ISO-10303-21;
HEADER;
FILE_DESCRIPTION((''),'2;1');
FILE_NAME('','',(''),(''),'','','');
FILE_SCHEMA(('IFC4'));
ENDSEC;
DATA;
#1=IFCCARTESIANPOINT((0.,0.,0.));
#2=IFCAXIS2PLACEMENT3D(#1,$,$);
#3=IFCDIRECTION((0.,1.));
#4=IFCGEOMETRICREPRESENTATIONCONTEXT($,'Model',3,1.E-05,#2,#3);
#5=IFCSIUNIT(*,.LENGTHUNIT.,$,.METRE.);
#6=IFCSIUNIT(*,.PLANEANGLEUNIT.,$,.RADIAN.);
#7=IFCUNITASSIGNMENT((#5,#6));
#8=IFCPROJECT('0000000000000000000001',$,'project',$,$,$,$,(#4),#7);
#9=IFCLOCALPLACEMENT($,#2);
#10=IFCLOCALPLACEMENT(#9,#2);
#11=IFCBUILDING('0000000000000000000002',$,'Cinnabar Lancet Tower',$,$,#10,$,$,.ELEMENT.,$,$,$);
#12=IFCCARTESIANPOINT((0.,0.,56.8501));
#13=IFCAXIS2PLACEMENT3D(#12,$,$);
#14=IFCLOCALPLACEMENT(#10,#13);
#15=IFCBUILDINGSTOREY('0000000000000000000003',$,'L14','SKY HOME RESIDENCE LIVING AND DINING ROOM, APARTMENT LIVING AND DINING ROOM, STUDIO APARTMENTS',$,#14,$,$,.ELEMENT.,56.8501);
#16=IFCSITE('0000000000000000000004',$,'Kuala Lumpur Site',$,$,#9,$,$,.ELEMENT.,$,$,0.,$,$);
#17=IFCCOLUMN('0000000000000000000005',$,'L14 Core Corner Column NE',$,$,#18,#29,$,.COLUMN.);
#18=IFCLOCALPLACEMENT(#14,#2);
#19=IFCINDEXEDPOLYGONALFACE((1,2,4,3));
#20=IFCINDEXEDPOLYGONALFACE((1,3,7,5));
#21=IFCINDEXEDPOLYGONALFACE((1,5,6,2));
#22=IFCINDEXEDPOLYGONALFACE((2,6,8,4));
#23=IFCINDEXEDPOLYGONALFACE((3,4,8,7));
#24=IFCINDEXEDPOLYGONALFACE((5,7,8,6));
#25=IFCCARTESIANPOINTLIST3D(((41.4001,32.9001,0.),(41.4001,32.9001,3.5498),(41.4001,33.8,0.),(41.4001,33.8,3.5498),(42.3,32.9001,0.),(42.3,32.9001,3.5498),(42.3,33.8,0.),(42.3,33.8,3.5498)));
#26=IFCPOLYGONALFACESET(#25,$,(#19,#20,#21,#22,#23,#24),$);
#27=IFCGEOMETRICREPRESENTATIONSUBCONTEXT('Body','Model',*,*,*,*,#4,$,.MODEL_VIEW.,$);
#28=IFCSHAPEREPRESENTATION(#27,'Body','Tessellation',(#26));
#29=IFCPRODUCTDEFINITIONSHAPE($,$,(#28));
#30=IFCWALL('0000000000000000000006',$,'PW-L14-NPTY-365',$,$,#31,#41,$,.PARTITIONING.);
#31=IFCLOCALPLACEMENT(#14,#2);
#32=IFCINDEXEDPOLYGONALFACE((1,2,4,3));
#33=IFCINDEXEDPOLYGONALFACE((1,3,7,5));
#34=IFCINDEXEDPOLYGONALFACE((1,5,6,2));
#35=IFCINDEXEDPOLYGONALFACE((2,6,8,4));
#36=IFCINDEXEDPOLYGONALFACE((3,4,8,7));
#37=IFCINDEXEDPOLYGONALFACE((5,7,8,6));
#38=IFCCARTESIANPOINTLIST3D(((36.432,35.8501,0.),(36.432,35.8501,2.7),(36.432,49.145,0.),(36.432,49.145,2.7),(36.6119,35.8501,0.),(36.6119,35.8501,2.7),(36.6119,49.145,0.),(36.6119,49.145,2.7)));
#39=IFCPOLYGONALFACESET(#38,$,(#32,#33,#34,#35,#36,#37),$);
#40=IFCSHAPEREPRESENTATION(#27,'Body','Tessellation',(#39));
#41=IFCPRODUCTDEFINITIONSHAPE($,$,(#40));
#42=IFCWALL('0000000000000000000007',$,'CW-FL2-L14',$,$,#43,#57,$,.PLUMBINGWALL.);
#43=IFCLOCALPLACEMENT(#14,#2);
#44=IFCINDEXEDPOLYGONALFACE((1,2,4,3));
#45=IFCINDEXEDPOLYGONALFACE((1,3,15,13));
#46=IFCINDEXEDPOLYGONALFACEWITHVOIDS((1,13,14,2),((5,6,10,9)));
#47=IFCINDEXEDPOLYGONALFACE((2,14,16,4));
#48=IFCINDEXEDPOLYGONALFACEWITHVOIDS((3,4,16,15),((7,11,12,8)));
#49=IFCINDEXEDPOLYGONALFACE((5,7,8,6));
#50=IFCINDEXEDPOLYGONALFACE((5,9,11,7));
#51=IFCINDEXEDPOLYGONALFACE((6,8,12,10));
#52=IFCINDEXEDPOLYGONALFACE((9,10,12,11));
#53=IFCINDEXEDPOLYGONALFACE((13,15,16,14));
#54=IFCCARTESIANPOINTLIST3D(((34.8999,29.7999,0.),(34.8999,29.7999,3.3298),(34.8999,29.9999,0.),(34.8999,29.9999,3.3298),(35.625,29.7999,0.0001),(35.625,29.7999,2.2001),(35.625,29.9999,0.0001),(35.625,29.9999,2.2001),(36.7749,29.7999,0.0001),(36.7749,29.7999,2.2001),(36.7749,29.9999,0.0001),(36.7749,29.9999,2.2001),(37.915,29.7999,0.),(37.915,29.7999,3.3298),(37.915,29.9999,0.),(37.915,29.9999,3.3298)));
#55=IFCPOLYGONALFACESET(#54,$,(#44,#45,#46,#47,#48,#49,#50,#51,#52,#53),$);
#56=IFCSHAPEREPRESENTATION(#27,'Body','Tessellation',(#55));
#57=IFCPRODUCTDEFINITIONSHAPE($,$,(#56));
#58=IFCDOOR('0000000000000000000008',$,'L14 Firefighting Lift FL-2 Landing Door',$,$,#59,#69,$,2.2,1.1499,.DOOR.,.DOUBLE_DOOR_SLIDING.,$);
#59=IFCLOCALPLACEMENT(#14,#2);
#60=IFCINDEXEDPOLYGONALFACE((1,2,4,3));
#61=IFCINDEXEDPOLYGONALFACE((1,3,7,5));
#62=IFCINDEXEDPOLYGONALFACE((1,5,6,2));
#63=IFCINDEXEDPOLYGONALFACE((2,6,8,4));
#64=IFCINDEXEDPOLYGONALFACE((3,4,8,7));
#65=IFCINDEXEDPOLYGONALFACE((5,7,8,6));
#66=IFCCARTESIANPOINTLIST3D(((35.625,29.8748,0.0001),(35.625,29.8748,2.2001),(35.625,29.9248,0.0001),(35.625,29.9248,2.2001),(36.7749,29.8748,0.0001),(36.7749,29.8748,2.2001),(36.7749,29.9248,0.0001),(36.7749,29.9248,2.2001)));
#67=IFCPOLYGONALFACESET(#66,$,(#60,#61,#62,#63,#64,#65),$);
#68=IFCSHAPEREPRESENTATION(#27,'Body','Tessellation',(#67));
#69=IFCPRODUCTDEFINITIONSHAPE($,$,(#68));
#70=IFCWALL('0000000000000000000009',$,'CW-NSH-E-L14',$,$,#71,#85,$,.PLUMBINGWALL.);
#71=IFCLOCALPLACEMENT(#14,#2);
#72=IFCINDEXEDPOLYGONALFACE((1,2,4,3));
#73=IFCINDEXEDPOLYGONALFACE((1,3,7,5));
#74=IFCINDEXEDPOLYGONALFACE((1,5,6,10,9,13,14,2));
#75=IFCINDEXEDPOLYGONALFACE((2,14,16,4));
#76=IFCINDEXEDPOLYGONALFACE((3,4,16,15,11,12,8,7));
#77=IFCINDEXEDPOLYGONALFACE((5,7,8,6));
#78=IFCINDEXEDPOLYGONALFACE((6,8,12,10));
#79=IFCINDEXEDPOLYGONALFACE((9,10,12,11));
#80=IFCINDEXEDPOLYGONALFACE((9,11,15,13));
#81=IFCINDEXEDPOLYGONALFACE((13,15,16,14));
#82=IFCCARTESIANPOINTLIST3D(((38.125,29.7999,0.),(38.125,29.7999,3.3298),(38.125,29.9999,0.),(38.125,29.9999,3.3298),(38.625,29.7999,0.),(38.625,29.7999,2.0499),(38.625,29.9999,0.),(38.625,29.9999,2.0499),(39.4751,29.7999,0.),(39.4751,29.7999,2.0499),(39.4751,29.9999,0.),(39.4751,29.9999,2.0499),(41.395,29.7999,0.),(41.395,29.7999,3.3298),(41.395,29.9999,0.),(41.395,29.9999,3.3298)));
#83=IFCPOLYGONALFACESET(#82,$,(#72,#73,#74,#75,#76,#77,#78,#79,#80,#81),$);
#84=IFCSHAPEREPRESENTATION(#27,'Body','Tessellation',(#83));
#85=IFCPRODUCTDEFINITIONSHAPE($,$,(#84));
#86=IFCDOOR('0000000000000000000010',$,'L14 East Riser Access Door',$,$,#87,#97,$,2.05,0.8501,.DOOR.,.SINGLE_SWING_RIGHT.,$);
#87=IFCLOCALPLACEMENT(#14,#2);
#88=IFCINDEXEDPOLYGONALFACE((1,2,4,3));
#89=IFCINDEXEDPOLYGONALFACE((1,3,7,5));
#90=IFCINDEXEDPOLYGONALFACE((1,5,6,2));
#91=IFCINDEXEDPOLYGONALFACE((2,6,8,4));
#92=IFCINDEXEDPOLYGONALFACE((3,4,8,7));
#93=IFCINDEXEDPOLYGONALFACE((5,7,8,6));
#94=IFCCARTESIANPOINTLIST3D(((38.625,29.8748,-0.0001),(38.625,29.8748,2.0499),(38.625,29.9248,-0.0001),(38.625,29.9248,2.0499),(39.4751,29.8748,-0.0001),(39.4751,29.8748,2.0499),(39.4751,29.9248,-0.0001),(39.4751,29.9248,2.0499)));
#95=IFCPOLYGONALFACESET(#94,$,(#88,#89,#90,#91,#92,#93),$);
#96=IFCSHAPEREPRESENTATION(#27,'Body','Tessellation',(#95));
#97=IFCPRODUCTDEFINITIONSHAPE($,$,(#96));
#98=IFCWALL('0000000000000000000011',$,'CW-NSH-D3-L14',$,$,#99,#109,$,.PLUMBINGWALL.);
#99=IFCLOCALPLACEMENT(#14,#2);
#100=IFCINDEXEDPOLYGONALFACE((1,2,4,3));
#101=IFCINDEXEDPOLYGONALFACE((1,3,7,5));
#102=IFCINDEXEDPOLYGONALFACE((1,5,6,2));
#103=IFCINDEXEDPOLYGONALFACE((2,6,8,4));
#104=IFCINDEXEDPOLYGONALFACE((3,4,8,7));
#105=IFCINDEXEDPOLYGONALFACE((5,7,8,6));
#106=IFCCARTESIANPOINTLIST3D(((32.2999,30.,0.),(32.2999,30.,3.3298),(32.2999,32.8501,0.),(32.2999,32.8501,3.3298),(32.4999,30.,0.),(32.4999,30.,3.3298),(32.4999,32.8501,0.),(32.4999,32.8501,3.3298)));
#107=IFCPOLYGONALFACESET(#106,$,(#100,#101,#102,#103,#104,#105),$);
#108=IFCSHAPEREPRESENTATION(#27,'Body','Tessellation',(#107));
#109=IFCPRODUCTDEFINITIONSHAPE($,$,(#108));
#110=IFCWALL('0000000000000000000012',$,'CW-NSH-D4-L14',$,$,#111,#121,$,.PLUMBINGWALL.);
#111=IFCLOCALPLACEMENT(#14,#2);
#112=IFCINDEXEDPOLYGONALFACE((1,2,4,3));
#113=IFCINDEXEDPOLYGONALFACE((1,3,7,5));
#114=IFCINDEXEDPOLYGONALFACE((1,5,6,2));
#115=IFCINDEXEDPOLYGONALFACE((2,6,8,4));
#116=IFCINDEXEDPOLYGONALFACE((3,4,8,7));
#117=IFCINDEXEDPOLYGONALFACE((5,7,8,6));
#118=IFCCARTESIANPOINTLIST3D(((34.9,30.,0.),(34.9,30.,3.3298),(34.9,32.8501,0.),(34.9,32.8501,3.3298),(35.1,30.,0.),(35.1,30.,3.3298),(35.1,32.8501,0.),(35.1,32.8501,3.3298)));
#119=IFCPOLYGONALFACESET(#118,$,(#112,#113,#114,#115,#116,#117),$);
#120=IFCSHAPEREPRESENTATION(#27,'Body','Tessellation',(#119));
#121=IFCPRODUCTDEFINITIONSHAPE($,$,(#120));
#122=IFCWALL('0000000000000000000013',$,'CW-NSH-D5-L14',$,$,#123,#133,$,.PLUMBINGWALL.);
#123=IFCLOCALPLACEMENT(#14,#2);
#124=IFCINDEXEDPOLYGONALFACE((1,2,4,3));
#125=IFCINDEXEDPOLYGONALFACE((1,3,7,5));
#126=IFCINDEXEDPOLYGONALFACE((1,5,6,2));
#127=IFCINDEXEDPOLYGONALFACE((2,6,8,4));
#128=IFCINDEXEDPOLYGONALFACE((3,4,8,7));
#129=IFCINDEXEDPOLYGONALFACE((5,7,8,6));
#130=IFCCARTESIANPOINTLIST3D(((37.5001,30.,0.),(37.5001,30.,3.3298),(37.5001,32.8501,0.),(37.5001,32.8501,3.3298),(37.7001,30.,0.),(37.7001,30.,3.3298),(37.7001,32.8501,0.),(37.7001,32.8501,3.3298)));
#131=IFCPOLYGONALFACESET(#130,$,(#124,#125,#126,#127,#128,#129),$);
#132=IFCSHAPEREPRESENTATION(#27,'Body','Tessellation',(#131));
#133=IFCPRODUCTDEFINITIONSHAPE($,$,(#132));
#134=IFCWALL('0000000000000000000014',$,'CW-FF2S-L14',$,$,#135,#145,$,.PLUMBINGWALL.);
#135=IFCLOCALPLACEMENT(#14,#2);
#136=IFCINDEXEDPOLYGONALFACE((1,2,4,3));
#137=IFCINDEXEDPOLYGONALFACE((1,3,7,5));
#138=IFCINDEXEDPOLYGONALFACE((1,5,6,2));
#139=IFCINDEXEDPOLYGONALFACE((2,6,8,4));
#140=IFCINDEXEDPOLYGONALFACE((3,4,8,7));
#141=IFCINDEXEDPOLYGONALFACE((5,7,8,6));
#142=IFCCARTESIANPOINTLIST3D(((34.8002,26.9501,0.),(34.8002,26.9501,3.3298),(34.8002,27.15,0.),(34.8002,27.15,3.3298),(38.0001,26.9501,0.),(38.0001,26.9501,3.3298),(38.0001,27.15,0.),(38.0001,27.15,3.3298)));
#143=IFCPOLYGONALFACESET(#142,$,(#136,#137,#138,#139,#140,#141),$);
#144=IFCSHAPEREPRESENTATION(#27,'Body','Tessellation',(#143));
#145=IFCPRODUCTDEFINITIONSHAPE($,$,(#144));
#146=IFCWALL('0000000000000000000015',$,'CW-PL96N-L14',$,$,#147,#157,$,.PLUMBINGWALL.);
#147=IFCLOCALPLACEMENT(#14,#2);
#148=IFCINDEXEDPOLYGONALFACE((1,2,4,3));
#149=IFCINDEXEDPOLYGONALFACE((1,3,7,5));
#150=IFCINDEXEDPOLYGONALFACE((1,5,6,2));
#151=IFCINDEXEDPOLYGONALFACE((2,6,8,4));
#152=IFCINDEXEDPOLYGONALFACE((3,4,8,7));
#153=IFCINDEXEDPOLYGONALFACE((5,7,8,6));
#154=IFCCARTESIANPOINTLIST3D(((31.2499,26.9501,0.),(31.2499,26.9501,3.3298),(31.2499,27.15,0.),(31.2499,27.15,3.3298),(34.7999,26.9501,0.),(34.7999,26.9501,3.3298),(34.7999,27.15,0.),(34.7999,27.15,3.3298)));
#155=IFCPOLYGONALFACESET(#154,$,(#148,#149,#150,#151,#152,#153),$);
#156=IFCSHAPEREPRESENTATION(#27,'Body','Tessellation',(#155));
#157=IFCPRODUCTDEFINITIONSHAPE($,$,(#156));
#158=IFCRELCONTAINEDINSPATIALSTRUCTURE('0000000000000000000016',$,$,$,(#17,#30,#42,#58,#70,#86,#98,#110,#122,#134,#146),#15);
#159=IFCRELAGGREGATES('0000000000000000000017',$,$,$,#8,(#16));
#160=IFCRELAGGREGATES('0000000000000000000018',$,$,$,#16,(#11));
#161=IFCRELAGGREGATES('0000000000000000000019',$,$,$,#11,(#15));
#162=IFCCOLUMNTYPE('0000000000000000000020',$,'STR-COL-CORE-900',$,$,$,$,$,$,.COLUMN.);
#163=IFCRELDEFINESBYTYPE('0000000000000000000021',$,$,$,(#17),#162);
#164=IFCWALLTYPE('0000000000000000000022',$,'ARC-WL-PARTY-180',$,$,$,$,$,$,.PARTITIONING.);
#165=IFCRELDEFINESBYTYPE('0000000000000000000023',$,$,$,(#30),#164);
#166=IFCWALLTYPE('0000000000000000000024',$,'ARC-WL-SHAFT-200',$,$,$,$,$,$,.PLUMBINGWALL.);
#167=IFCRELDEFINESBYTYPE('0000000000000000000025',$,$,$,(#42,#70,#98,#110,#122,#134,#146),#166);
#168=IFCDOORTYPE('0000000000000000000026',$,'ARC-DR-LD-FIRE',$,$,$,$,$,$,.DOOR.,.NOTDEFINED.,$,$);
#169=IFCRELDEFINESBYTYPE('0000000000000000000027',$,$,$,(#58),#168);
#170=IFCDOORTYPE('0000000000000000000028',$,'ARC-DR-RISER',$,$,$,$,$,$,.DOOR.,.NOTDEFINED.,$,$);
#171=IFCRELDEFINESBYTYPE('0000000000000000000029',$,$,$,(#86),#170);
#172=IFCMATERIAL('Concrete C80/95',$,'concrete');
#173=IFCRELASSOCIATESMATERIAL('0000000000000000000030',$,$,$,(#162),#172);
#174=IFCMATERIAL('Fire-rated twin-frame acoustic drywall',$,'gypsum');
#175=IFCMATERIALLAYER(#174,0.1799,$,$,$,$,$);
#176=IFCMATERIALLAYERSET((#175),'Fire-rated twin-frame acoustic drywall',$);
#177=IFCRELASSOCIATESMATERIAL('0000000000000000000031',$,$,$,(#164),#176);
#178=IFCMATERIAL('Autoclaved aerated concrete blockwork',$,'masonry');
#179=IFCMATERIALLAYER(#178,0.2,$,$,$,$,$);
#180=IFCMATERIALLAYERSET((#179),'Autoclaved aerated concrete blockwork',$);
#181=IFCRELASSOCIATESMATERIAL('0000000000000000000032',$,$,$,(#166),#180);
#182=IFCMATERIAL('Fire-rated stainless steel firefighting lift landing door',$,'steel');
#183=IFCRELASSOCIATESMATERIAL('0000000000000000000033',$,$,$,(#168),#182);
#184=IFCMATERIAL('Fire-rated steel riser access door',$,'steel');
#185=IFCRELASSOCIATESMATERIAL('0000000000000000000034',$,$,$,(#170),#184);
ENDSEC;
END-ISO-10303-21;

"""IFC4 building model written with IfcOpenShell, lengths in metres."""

from ifc_helpers import new_model, si_unit, direction, frame, frame_2d, origin, origin_2d, place, context, subcontext, project, spatial, rectangle, extrude, material, layer, layer_set, material_profile, profile_set, type_object, element, fill, save


model = new_model("IFC4")

# Units and contexts
model_context = context("Model", 3, precision=1e-05, world=origin(), true_north=direction((0.0, 1.0)))
body_context = subcontext(model_context, "Body", "Model", "MODEL_VIEW")
ifc_project = project(units=[si_unit("LENGTHUNIT", "METRE"), si_unit("PLANEANGLEUNIT", "RADIAN")], contexts=[model_context])

# Site, building, storey
site_placement = place(None, origin())
site = spatial("IfcSite", under=ifc_project, at=site_placement, Name="Kuala Lumpur Site", CompositionType="ELEMENT", RefElevation=0.0)
building_placement = place(site_placement, origin())
building = spatial("IfcBuilding", under=site, at=building_placement, Name="Cinnabar Lancet Tower", CompositionType="ELEMENT")
storey_placement = place(building_placement, frame((0.0, 0.0, 56.8501)))
storey = spatial("IfcBuildingStorey", under=building, at=storey_placement, Name="L14", Description="SKY HOME RESIDENCE LIVING AND DINING ROOM, APARTMENT LIVING AND DINING ROOM, STUDIO APARTMENTS", CompositionType="ELEMENT", Elevation=56.8501)

# Column
ifc_material_1 = material(Name="Concrete C80/95", Category="concrete")
ifc_material_profile = material_profile(ifc_material_1, rectangle(XDim=0.8999, YDim=0.8999, at=origin_2d()), Name="RC-COL 900x900")
ifc_profile_set = profile_set([ifc_material_profile], Name="Concrete C80/95")
column_type = type_object("IfcColumnType", Name="STR-COL-CORE-900", PredefinedType="COLUMN", material=ifc_profile_set)
column_placement = place(storey_placement, frame((41.8501, 33.3501, 0.0), z_axis=(0.0, 0.0, 1.0), x_axis=(1.0, 0.0, 0.0)))
element("IfcColumn", 1, at=column_placement, inside=storey, type_object=column_type, Name="L14 Core Corner Column NE", PredefinedType="COLUMN", context=body_context, shape_type="SweptSolid", body=[
    extrude(rectangle(XDim=0.8999, YDim=0.8999, at=origin_2d()), origin(), (0.0, 0.0, 1.0), 3.5498),
])

# Wall
ifc_material_2 = material(Name="Fire-rated twin-frame acoustic drywall", Category="gypsum")
ifc_layer_1 = layer(ifc_material_2, 0.1799)
ifc_layer_set_1 = layer_set([ifc_layer_1], Name="Fire-rated twin-frame acoustic drywall")
wall_type_1 = type_object("IfcWallType", Name="ARC-WL-PARTY-180", PredefinedType="PARTITIONING", material=ifc_layer_set_1)
wall_1_placement = place(storey_placement, frame((36.522, 35.8501, 0.0), z_axis=(0.0, 0.0, 1.0), x_axis=(0.0, 1.0, 0.0)))
element("IfcWall", 2, at=wall_1_placement, inside=storey, type_object=wall_type_1, Name="PW-L14-NPTY-365", PredefinedType="PARTITIONING", context=body_context, shape_type="SweptSolid", body=[
    extrude(rectangle(XDim=13.2949, YDim=0.1799, at=frame_2d((6.6475, 0.0))), origin(), (0.0, 0.0, 1.0), 2.7),
])

# Walls, openings, doors
ifc_material_3 = material(Name="Autoclaved aerated concrete blockwork", Category="masonry")
ifc_layer_2 = layer(ifc_material_3, 0.2)
ifc_layer_set_2 = layer_set([ifc_layer_2], Name="Autoclaved aerated concrete blockwork")
wall_type_2 = type_object("IfcWallType", Name="ARC-WL-SHAFT-200", PredefinedType="PLUMBINGWALL", material=ifc_layer_set_2)
wall_2_placement = place(storey_placement, frame((34.8999, 29.8999, 0.0), z_axis=(0.0, 0.0, 1.0), x_axis=(1.0, 0.0, 0.0)))
wall_2 = element("IfcWall", 3, at=wall_2_placement, inside=storey, type_object=wall_type_2, Name="CW-FL2-L14", PredefinedType="PLUMBINGWALL", context=body_context, shape_type="SweptSolid", body=[
    extrude(rectangle(XDim=3.0151, YDim=0.2, at=frame_2d((1.5076, 0.0))), origin(), (0.0, 0.0, 1.0), 3.3298),
])
opening_1_placement = place(wall_2_placement, frame((0.7251, 0.0, 0.0)))
opening_1 = element("IfcOpeningElement", 4, at=opening_1_placement, cuts=wall_2, PredefinedType="OPENING", context=body_context, shape_type="SweptSolid", body=[
    extrude(rectangle(XDim=1.1499, YDim=2.2, at=frame_2d((0.575, 1.1001))), frame((0.0, 0.1099, 0.0), z_axis=(0.0, -1.0, 0.0), x_axis=(1.0, 0.0, 0.0)), (0.0, 0.0, 1.0), 0.22),
])
ifc_material_4 = material(Name="Fire-rated stainless steel firefighting lift landing door", Category="steel")
door_type_1 = type_object("IfcDoorType", Name="ARC-DR-LD-FIRE", OperationType="NOTDEFINED", PredefinedType="DOOR", material=ifc_material_4)
door_1_placement = place(opening_1_placement, origin())
door_1 = element("IfcDoor", 5, at=door_1_placement, inside=storey, type_object=door_type_1, Name="L14 Firefighting Lift FL-2 Landing Door", OperationType="DOUBLE_DOOR_SLIDING", OverallHeight=2.2, OverallWidth=1.1499, PredefinedType="DOOR", context=body_context, shape_type="SweptSolid", body=[
    extrude(rectangle(XDim=1.1499, YDim=2.2, at=frame_2d((0.575, 1.1001))), frame((0.0, 0.0249, 0.0), z_axis=(0.0, -1.0, 0.0), x_axis=(1.0, 0.0, 0.0)), (0.0, 0.0, 1.0), 0.05),
])
fill(opening_1, door_1)
wall_3_placement = place(storey_placement, frame((38.125, 29.8999, 0.0), z_axis=(0.0, 0.0, 1.0), x_axis=(1.0, 0.0, 0.0)))
wall_3 = element("IfcWall", 6, at=wall_3_placement, inside=storey, type_object=wall_type_2, Name="CW-NSH-E-L14", PredefinedType="PLUMBINGWALL", context=body_context, shape_type="SweptSolid", body=[
    extrude(rectangle(XDim=3.27, YDim=0.2, at=frame_2d((1.635, 0.0))), origin(), (0.0, 0.0, 1.0), 3.3298),
])
opening_2_placement = place(wall_3_placement, frame((0.5, 0.0, 0.0)))
opening_2 = element("IfcOpeningElement", 7, at=opening_2_placement, cuts=wall_3, PredefinedType="OPENING", context=body_context, shape_type="SweptSolid", body=[
    extrude(rectangle(XDim=0.8501, YDim=2.05, at=frame_2d((0.425, 1.0249))), frame((0.0, 0.1099, 0.0), z_axis=(0.0, -1.0, 0.0), x_axis=(1.0, 0.0, 0.0)), (0.0, 0.0, 1.0), 0.22),
])
ifc_material_5 = material(Name="Fire-rated steel riser access door", Category="steel")
door_type_2 = type_object("IfcDoorType", Name="ARC-DR-RISER", OperationType="NOTDEFINED", PredefinedType="DOOR", material=ifc_material_5)
door_2_placement = place(opening_2_placement, origin())
door_2 = element("IfcDoor", 8, at=door_2_placement, inside=storey, type_object=door_type_2, Name="L14 East Riser Access Door", OperationType="SINGLE_SWING_RIGHT", OverallHeight=2.05, OverallWidth=0.8501, PredefinedType="DOOR", context=body_context, shape_type="SweptSolid", body=[
    extrude(rectangle(XDim=0.8501, YDim=2.05, at=frame_2d((0.425, 1.0249))), frame((0.0, 0.0249, 0.0), z_axis=(0.0, -1.0, 0.0), x_axis=(1.0, 0.0, 0.0)), (0.0, 0.0, 1.0), 0.05),
])
fill(opening_2, door_2)

# Walls
for number, where, z_axis, x_axis, name in (
    (9, (32.3999, 30.0, 0.0), (0.0, 0.0, 1.0), (0.0, 1.0, 0.0), "CW-NSH-D3-L14"),
    (10, (35.0, 30.0, 0.0), (0.0, 0.0, 1.0), (0.0, 1.0, 0.0), "CW-NSH-D4-L14"),
    (11, (37.6001, 30.0, 0.0), (0.0, 0.0, 1.0), (0.0, 1.0, 0.0), "CW-NSH-D5-L14"),
):
    element("IfcWall", number, at=place(storey_placement, frame(where, z_axis=z_axis, x_axis=x_axis)), inside=storey, type_object=wall_type_2, Name=name, PredefinedType="PLUMBINGWALL", context=body_context, shape_type="SweptSolid", body=[
        extrude(rectangle(XDim=2.8501, YDim=0.2, at=frame_2d((1.425, 0.0))), origin(), (0.0, 0.0, 1.0), 3.3298),
    ])

# Walls
wall_4_placement = place(storey_placement, frame((34.8, 27.05, 0.0), z_axis=(0.0, 0.0, 1.0), x_axis=(1.0, 0.0, 0.0)))
element("IfcWall", 12, at=wall_4_placement, inside=storey, type_object=wall_type_2, Name="CW-FF2S-L14", PredefinedType="PLUMBINGWALL", context=body_context, shape_type="SweptSolid", body=[
    extrude(rectangle(XDim=3.2, YDim=0.2, at=frame_2d((1.6001, 0.0))), origin(), (0.0, 0.0, 1.0), 3.3298),
])
wall_5_placement = place(storey_placement, frame((31.25, 27.05, 0.0), z_axis=(0.0, 0.0, 1.0), x_axis=(1.0, 0.0, 0.0)))
element("IfcWall", 13, at=wall_5_placement, inside=storey, type_object=wall_type_2, Name="CW-PL96N-L14", PredefinedType="PLUMBINGWALL", context=body_context, shape_type="SweptSolid", body=[
    extrude(rectangle(XDim=3.55, YDim=0.2, at=frame_2d((1.7749, 0.0))), origin(), (0.0, 0.0, 1.0), 3.3298),
])

save(model, "model.ifc")
